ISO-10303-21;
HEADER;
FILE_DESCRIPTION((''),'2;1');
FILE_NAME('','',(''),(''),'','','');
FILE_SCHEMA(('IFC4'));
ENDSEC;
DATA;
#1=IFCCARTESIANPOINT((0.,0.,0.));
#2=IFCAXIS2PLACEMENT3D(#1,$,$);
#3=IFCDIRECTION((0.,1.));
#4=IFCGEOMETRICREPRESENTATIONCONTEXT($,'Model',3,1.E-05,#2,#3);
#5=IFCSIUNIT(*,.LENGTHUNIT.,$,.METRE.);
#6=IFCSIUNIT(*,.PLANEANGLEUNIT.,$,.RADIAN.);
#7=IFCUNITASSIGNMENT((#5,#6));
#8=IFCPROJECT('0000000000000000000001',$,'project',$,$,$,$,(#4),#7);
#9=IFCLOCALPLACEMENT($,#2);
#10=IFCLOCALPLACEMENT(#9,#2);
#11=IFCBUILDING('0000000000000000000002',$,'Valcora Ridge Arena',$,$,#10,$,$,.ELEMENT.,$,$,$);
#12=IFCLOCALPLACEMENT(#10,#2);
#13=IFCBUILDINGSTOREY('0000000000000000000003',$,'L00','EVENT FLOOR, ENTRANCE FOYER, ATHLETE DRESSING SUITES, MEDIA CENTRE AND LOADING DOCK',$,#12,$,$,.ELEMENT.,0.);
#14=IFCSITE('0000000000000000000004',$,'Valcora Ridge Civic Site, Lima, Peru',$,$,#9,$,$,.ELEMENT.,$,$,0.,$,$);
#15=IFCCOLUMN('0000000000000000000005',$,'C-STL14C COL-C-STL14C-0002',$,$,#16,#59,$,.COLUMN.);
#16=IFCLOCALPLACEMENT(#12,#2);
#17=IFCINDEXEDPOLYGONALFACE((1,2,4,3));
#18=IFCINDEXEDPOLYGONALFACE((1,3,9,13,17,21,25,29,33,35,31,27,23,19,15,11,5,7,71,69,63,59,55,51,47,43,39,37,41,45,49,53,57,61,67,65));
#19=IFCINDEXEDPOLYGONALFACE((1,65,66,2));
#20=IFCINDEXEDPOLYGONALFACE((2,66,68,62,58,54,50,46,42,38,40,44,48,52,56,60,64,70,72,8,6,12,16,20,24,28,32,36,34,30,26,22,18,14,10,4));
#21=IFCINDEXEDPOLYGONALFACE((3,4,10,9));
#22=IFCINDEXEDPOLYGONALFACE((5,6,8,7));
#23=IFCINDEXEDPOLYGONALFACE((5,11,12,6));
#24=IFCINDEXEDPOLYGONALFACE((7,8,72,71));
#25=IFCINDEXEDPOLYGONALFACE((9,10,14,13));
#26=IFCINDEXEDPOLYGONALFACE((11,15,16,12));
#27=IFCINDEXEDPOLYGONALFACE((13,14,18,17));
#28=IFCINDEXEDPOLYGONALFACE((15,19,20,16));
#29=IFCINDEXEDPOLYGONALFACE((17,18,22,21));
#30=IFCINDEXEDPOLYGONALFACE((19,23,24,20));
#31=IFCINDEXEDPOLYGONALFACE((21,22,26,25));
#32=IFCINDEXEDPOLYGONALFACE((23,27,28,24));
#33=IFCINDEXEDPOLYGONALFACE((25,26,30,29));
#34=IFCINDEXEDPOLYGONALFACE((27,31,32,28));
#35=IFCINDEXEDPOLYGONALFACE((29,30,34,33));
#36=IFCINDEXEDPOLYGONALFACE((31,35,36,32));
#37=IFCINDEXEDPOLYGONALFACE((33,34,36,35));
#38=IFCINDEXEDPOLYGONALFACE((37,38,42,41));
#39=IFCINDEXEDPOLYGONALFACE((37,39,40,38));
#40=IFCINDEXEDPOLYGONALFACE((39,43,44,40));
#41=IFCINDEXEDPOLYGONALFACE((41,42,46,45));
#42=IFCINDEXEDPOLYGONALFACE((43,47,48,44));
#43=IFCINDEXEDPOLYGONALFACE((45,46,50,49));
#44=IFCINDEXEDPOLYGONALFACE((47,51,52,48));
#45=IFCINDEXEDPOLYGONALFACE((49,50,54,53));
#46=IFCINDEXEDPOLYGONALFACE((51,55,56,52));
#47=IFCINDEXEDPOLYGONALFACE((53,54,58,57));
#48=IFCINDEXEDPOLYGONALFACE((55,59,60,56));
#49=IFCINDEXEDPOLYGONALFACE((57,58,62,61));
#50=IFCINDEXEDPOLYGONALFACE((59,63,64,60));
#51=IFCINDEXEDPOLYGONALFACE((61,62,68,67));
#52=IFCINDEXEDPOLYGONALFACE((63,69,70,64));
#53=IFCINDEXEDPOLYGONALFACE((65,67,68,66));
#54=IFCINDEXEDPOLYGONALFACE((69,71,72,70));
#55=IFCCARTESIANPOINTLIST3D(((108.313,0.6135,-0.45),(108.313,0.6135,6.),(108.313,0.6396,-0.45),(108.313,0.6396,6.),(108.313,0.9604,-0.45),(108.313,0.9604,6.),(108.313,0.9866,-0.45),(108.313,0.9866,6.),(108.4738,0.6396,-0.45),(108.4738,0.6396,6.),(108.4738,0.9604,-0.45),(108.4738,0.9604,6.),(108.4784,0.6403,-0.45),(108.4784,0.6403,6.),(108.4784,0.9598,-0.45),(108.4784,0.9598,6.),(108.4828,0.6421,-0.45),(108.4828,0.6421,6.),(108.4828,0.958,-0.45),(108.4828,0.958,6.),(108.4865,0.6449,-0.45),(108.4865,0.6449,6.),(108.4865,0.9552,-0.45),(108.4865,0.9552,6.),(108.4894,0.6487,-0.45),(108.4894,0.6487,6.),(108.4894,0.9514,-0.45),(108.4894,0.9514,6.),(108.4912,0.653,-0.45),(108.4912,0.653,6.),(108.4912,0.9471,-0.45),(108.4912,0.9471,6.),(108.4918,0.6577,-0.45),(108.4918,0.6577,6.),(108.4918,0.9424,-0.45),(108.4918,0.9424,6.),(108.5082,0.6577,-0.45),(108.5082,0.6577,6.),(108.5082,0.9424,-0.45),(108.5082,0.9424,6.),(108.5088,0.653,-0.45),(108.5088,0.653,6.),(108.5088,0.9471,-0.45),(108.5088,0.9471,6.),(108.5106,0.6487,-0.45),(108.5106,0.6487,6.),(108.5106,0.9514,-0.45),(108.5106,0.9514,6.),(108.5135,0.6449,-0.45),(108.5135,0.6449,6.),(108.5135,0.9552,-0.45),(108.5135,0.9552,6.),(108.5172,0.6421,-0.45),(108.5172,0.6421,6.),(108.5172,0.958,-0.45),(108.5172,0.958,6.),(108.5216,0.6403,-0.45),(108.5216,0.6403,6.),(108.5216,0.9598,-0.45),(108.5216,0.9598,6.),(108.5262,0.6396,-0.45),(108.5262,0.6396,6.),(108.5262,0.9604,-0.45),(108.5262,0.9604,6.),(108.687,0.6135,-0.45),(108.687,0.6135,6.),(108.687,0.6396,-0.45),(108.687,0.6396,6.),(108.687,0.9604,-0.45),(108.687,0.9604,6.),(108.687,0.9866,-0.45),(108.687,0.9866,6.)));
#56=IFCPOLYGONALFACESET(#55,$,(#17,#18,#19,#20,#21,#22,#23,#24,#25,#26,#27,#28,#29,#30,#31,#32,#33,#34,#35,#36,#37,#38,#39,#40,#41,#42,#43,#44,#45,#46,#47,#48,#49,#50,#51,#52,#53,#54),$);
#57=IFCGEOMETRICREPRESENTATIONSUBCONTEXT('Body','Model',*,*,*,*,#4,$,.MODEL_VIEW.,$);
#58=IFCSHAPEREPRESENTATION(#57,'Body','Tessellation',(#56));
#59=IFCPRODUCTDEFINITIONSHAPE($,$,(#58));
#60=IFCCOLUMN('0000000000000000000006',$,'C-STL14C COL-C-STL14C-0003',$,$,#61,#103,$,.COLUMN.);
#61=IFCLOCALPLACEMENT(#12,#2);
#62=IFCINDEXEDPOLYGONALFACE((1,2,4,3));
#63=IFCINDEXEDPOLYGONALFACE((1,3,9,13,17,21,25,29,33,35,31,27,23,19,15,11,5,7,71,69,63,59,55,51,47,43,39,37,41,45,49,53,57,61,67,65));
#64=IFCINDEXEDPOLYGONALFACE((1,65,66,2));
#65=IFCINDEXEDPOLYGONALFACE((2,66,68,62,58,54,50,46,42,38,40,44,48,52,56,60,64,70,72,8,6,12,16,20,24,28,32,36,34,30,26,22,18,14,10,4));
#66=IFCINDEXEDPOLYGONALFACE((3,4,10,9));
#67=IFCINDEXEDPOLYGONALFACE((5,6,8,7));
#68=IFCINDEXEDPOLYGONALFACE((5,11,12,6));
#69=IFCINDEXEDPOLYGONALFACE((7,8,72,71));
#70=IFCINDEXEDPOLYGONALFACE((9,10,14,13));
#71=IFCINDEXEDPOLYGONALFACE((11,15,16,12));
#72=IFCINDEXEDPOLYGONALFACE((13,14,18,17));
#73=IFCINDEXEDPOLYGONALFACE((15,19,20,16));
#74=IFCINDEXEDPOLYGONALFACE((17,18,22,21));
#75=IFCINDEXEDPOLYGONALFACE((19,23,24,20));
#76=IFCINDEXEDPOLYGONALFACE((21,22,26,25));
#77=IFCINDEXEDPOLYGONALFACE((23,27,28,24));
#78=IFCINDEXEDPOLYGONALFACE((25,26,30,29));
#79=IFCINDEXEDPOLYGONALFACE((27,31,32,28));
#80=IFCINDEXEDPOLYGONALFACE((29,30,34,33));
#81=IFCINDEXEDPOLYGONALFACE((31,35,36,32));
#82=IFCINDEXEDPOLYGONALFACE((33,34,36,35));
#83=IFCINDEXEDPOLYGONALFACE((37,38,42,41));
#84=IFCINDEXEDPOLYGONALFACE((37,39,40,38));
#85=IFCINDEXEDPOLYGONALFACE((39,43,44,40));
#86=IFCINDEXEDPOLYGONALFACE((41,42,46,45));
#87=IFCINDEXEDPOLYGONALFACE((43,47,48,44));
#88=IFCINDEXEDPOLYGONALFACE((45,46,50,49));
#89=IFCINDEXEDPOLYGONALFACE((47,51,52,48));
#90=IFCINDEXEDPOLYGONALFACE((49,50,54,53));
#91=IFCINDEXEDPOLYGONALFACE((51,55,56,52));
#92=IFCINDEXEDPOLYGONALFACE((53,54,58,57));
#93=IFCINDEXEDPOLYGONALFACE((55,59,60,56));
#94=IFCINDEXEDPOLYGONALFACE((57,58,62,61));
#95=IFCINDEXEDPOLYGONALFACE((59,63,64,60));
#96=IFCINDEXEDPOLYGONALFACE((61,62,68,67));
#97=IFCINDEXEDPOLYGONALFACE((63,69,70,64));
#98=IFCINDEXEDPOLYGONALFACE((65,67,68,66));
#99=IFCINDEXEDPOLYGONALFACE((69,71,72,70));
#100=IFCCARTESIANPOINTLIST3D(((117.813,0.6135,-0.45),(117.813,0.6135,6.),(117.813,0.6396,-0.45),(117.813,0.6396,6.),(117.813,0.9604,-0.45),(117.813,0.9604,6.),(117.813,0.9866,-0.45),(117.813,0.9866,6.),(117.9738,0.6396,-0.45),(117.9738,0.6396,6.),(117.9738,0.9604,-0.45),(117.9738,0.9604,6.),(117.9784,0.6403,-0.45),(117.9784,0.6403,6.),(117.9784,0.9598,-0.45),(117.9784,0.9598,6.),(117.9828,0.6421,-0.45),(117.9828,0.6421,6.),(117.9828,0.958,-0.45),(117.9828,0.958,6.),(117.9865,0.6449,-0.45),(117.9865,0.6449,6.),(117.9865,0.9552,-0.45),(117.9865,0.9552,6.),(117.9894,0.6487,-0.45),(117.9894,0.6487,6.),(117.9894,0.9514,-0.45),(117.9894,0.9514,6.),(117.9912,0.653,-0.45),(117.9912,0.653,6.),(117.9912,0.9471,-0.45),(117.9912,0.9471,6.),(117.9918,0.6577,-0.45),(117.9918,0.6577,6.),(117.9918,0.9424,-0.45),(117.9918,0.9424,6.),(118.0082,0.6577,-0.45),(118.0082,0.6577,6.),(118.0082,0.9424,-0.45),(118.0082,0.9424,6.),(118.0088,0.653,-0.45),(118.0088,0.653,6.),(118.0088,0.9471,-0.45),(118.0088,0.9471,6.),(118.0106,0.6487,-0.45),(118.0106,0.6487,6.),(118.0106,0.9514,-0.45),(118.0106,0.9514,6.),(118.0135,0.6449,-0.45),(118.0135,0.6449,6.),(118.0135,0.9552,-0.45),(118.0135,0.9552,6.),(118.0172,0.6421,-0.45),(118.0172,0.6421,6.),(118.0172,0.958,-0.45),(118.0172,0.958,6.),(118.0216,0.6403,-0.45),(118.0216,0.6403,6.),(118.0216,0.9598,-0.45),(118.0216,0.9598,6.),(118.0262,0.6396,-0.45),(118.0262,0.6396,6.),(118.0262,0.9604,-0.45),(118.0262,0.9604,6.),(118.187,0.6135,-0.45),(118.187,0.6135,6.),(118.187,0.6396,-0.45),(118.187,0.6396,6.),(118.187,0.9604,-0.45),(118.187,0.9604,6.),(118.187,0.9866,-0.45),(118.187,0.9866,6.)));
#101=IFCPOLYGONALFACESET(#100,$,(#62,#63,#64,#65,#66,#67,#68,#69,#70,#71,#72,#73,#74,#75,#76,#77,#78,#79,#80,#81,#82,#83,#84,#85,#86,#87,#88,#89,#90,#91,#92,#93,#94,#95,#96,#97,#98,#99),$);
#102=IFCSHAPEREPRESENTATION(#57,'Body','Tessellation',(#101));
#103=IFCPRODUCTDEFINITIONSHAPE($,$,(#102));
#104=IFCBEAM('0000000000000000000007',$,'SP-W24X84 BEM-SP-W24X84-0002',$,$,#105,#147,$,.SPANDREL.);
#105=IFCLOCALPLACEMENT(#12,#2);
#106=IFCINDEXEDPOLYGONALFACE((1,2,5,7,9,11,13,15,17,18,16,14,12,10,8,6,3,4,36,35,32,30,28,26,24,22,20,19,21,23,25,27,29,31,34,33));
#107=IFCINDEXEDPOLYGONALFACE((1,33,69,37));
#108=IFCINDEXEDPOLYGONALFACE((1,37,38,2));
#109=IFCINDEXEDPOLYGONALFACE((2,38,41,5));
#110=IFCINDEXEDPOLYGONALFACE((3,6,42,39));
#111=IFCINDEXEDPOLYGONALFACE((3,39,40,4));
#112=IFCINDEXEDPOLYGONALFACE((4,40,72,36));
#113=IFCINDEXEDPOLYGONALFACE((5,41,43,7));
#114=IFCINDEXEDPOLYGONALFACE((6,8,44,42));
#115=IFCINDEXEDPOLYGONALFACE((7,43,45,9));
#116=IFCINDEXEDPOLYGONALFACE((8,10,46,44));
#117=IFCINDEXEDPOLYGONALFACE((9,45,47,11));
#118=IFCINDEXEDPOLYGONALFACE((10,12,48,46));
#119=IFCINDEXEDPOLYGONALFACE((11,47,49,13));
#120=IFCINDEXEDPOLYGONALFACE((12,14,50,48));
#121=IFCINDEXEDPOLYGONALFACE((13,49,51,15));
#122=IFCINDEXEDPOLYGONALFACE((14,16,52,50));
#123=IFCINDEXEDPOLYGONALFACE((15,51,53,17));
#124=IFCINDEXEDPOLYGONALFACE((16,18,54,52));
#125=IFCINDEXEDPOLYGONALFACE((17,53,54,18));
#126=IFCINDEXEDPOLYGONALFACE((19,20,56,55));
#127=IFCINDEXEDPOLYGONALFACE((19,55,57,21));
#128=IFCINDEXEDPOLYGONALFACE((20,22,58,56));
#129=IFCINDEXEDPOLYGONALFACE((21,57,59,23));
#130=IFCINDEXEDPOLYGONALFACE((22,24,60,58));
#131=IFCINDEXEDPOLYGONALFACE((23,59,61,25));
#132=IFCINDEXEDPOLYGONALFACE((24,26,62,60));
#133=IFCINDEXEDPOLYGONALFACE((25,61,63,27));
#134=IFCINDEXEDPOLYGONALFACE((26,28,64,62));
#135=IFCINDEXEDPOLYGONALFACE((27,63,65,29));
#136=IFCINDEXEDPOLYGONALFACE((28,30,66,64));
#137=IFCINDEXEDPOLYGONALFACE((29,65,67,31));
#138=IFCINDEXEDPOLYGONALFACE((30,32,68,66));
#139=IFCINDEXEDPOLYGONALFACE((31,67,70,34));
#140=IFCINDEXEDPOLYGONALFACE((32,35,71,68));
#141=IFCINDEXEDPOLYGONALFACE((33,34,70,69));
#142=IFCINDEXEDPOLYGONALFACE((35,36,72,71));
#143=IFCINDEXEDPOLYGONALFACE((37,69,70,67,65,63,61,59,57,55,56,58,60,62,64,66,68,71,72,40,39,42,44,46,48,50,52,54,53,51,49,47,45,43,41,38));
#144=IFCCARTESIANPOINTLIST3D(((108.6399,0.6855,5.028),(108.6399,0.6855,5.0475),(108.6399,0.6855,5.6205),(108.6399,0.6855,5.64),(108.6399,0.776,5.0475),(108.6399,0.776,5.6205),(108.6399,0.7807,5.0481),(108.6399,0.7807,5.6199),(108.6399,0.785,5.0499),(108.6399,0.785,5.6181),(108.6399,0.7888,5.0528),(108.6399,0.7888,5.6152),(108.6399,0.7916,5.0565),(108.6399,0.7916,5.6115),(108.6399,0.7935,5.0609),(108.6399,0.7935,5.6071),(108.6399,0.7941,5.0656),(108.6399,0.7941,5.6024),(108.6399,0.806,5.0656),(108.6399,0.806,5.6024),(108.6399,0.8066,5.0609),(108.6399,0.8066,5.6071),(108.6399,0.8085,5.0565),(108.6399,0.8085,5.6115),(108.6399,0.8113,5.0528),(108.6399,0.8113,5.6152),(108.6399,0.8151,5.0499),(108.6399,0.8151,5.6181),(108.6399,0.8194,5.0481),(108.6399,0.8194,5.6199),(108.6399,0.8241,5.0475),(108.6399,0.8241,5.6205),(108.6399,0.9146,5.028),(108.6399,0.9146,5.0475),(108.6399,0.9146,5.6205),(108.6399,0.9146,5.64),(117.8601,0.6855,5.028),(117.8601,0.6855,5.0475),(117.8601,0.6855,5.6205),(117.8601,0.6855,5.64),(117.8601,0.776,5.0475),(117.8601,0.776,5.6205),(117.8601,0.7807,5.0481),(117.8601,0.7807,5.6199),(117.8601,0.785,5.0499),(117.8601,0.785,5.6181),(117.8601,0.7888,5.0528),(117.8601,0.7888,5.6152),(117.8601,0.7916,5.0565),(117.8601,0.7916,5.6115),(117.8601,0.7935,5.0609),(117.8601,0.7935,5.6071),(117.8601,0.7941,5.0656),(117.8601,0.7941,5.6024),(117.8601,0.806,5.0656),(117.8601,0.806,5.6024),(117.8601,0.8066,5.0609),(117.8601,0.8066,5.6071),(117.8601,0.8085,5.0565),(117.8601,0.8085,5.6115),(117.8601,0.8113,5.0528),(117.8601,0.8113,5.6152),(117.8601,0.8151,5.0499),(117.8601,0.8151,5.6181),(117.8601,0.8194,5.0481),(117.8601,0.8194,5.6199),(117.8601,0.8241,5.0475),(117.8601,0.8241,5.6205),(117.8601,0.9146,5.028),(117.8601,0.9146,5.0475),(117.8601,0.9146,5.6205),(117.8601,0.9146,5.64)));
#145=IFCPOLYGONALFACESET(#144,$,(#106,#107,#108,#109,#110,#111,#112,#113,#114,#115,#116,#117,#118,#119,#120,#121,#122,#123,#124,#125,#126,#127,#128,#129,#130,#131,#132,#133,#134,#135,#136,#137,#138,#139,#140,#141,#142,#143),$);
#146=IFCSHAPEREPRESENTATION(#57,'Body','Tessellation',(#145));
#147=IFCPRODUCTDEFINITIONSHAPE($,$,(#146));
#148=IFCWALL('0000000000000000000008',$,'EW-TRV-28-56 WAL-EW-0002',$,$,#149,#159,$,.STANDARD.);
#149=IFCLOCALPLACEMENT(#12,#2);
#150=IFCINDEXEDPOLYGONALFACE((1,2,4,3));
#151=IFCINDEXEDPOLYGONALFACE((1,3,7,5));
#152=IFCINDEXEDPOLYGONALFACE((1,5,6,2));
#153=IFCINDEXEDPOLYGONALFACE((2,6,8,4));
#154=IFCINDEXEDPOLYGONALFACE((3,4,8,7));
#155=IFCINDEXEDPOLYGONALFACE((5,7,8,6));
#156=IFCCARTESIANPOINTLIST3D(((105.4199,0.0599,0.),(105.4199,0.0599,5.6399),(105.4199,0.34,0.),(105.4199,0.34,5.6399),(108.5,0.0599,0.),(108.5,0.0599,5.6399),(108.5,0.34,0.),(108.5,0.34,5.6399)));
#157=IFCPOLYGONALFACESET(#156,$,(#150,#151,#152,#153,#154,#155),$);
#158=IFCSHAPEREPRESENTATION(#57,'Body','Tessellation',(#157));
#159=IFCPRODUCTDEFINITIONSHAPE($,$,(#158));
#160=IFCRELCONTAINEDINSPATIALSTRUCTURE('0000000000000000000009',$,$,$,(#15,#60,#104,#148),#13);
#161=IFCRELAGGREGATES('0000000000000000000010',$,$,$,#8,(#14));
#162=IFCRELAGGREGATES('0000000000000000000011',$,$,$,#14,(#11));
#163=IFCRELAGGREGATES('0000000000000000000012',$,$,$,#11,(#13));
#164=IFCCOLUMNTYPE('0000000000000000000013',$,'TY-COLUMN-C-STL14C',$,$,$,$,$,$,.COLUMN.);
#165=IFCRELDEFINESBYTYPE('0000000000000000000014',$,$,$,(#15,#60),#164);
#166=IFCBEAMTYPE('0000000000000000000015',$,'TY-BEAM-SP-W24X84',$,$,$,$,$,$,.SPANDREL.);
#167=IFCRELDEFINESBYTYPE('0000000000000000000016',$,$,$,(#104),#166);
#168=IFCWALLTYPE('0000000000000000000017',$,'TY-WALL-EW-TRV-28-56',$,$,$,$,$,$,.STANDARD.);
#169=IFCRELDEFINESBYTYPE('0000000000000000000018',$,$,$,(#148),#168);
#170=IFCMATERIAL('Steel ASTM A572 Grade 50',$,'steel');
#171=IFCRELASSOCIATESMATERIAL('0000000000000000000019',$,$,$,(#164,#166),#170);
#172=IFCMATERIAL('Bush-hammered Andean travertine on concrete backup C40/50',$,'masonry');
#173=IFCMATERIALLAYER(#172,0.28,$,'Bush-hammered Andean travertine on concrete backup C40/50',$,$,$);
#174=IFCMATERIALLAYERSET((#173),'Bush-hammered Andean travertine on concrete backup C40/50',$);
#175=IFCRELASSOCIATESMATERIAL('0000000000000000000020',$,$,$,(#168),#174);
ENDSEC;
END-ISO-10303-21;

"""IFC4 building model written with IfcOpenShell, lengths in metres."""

from ifc_helpers import new_model, si_unit, direction, frame, frame_2d, origin, origin_2d, place, context, subcontext, project, spatial, rectangle, i_section, extrude, material, layer, layer_set, material_profile, profile_set, type_object, element, save


model = new_model("IFC4")

# Units and contexts
model_context = context("Model", 3, precision=1e-05, world=origin(), true_north=direction((0.0, 1.0)))
body_context = subcontext(model_context, "Body", "Model", "MODEL_VIEW")
ifc_project = project(units=[si_unit("LENGTHUNIT", "METRE"), si_unit("PLANEANGLEUNIT", "RADIAN")], contexts=[model_context])

# Site, building, storey
site_placement = place(None, origin())
site = spatial("IfcSite", under=ifc_project, at=site_placement, Name="Valcora Ridge Civic Site, Lima, Peru", CompositionType="ELEMENT", RefElevation=0.0)
building_placement = place(site_placement, origin())
building = spatial("IfcBuilding", under=site, at=building_placement, Name="Valcora Ridge Arena", CompositionType="ELEMENT")
storey_placement = place(building_placement, origin())
storey = spatial("IfcBuildingStorey", under=building, at=storey_placement, Name="L00", Description="EVENT FLOOR, ENTRANCE FOYER, ATHLETE DRESSING SUITES, MEDIA CENTRE AND LOADING DOCK", CompositionType="ELEMENT", Elevation=0.0)

# Columns
ifc_material_1 = material(Name="Steel ASTM A572 Grade 50", Category="steel")
ifc_material_profile_1 = material_profile(ifc_material_1, i_section(OverallWidth=0.374, OverallDepth=0.373, WebThickness=0.0164, FlangeThickness=0.0261, FilletRadius=0.0181, at=origin_2d()), Name="W14X132")
ifc_profile_set_1 = profile_set([ifc_material_profile_1], Name="Steel ASTM A572 Grade 50")
column_type = type_object("IfcColumnType", Name="TY-COLUMN-C-STL14C", PredefinedType="COLUMN", material=ifc_profile_set_1)
for number, where, z_axis, x_axis, name in (
    (1, (108.5, 0.8, -0.45), (0.0, 0.0, 1.0), (1.0, 0.0, 0.0), "C-STL14C COL-C-STL14C-0002"),
    (2, (118.0, 0.8, -0.45), (0.0, 0.0, 1.0), (1.0, 0.0, 0.0), "C-STL14C COL-C-STL14C-0003"),
):
    element("IfcColumn", number, at=place(storey_placement, frame(where, z_axis=z_axis, x_axis=x_axis)), inside=storey, type_object=column_type, Name=name, PredefinedType="COLUMN", context=body_context, shape_type="SweptSolid", body=[
        extrude(i_section(OverallWidth=0.374, OverallDepth=0.373, WebThickness=0.0164, FlangeThickness=0.0261, FilletRadius=0.0181, at=origin_2d()), origin(), (0.0, 0.0, 1.0), 6.45),
    ])

# Beam
ifc_material_profile_2 = material_profile(ifc_material_1, i_section(OverallWidth=0.229, OverallDepth=0.6121, WebThickness=0.012, FlangeThickness=0.0195, FilletRadius=0.0181, at=origin_2d()), Name="W24X84")
ifc_profile_set_2 = profile_set([ifc_material_profile_2], Name="Steel ASTM A572 Grade 50")
beam_type = type_object("IfcBeamType", Name="TY-BEAM-SP-W24X84", PredefinedType="SPANDREL", material=ifc_profile_set_2)
beam_placement = place(storey_placement, frame((108.6399, 0.8, 5.334), z_axis=(1.0, 0.0, 0.0), x_axis=(0.0, 1.0, 0.0)))
element("IfcBeam", 3, at=beam_placement, inside=storey, type_object=beam_type, Name="SP-W24X84 BEM-SP-W24X84-0002", PredefinedType="SPANDREL", context=body_context, shape_type="SweptSolid", body=[
    extrude(i_section(OverallWidth=0.229, OverallDepth=0.6121, WebThickness=0.012, FlangeThickness=0.0195, FilletRadius=0.0181, at=origin_2d()), origin(), (0.0, 0.0, 1.0), 9.2202),
])

# Wall
ifc_material_2 = material(Name="Bush-hammered Andean travertine on concrete backup C40/50", Category="masonry")
ifc_layer_1 = layer(ifc_material_2, 0.28, Name="Bush-hammered Andean travertine on concrete backup C40/50")
ifc_layer_set_1 = layer_set([ifc_layer_1], Name="Bush-hammered Andean travertine on concrete backup C40/50")
wall_type_1 = type_object("IfcWallType", Name="TY-WALL-EW-TRV-28-56", PredefinedType="STANDARD", material=ifc_layer_set_1)
wall_1_placement = place(storey_placement, frame((105.4199, 0.2, 0.0), z_axis=(0.0, 0.0, 1.0), x_axis=(1.0, 0.0, 0.0)))
element("IfcWall", 4, at=wall_1_placement, inside=storey, type_object=wall_type_1, Name="EW-TRV-28-56 WAL-EW-0002", PredefinedType="STANDARD", context=body_context, shape_type="SweptSolid", body=[
    extrude(rectangle(XDim=3.0801, YDim=0.28, at=frame_2d((1.54, 0.0))), origin(), (0.0, 0.0, 1.0), 5.6399),
])

save(model, "model.ifc")
